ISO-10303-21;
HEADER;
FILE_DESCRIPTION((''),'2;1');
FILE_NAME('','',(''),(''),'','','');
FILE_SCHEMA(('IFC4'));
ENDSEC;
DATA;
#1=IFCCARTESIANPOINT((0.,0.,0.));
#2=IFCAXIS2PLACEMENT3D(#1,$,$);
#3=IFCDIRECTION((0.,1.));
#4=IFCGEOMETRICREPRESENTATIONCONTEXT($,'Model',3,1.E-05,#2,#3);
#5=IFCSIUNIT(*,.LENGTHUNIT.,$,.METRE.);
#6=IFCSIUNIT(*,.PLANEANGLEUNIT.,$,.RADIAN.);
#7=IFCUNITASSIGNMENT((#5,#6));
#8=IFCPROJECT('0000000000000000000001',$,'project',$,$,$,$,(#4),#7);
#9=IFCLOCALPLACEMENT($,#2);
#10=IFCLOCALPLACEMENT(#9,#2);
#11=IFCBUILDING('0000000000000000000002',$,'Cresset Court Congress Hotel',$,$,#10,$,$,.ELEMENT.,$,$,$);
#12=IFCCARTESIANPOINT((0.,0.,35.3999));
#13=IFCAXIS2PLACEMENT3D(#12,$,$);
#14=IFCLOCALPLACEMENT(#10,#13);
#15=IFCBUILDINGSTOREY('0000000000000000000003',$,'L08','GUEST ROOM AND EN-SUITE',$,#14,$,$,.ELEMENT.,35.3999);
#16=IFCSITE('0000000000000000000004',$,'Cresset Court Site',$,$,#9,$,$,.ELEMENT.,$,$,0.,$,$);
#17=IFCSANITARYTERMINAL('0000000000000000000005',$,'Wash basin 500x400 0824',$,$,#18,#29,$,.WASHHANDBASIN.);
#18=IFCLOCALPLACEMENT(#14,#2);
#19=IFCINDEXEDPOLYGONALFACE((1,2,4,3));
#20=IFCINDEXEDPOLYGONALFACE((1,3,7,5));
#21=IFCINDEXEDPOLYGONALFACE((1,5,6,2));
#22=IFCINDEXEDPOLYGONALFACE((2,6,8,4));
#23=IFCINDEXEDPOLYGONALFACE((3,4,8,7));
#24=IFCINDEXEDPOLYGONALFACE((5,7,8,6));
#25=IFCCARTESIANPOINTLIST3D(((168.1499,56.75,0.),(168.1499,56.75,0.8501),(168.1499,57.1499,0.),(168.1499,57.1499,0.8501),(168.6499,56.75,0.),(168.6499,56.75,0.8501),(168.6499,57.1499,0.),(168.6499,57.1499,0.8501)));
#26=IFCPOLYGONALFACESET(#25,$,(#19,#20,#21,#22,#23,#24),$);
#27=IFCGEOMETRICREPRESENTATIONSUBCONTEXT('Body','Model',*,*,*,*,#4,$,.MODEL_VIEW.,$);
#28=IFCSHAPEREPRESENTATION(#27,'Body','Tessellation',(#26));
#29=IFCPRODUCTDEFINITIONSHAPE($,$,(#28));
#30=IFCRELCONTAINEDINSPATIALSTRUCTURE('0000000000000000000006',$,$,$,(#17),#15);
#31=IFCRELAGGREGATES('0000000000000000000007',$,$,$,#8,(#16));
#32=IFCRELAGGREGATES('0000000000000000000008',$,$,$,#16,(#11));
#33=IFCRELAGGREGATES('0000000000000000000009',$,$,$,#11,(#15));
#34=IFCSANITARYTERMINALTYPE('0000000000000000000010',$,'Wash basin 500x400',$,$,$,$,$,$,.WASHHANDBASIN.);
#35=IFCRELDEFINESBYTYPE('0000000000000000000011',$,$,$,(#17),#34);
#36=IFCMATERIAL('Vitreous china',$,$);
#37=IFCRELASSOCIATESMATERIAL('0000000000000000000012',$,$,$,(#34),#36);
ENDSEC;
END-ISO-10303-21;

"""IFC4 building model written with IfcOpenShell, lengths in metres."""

from ifc_helpers import new_model, si_unit, direction, frame, origin, origin_2d, place, context, subcontext, project, spatial, rectangle, extrude, material, type_object, element, save


model = new_model("IFC4")

# Units and contexts
model_context = context("Model", 3, precision=1e-05, world=origin(), true_north=direction((0.0, 1.0)))
body_context = subcontext(model_context, "Body", "Model", "MODEL_VIEW")
ifc_project = project(units=[si_unit("LENGTHUNIT", "METRE"), si_unit("PLANEANGLEUNIT", "RADIAN")], contexts=[model_context])

# Site, building, storey
site_placement = place(None, origin())
site = spatial("IfcSite", under=ifc_project, at=site_placement, Name="Cresset Court Site", CompositionType="ELEMENT", RefElevation=0.0)
building_placement = place(site_placement, origin())
building = spatial("IfcBuilding", under=site, at=building_placement, Name="Cresset Court Congress Hotel", CompositionType="ELEMENT")
storey_placement = place(building_placement, frame((0.0, 0.0, 35.3999)))
storey = spatial("IfcBuildingStorey", under=building, at=storey_placement, Name="L08", Description="GUEST ROOM AND EN-SUITE", CompositionType="ELEMENT", Elevation=35.3999)

# Sanitary terminal
ifc_material_1 = material(Name="Vitreous china")
sanitary_terminal_type_1 = type_object("IfcSanitaryTerminalType", Name="Wash basin 500x400", PredefinedType="WASHHANDBASIN", material=ifc_material_1)
for number, where, z_axis, x_axis, name in (
    (1, (168.3999, 56.95, 0.0), (0.0, 0.0, 1.0), (1.0, 0.0, 0.0), "Wash basin 500x400 0824"),
):
    element("IfcSanitaryTerminal", number, at=place(storey_placement, frame(where, z_axis=z_axis, x_axis=x_axis)), inside=storey, type_object=sanitary_terminal_type_1, Name=name, PredefinedType="WASHHANDBASIN", context=body_context, shape_type="SweptSolid", body=[
        extrude(rectangle(XDim=0.5, YDim=0.3999, at=origin_2d()), origin(), (0.0, 0.0, 1.0), 0.8501),
    ])

save(model, "model.ifc")
